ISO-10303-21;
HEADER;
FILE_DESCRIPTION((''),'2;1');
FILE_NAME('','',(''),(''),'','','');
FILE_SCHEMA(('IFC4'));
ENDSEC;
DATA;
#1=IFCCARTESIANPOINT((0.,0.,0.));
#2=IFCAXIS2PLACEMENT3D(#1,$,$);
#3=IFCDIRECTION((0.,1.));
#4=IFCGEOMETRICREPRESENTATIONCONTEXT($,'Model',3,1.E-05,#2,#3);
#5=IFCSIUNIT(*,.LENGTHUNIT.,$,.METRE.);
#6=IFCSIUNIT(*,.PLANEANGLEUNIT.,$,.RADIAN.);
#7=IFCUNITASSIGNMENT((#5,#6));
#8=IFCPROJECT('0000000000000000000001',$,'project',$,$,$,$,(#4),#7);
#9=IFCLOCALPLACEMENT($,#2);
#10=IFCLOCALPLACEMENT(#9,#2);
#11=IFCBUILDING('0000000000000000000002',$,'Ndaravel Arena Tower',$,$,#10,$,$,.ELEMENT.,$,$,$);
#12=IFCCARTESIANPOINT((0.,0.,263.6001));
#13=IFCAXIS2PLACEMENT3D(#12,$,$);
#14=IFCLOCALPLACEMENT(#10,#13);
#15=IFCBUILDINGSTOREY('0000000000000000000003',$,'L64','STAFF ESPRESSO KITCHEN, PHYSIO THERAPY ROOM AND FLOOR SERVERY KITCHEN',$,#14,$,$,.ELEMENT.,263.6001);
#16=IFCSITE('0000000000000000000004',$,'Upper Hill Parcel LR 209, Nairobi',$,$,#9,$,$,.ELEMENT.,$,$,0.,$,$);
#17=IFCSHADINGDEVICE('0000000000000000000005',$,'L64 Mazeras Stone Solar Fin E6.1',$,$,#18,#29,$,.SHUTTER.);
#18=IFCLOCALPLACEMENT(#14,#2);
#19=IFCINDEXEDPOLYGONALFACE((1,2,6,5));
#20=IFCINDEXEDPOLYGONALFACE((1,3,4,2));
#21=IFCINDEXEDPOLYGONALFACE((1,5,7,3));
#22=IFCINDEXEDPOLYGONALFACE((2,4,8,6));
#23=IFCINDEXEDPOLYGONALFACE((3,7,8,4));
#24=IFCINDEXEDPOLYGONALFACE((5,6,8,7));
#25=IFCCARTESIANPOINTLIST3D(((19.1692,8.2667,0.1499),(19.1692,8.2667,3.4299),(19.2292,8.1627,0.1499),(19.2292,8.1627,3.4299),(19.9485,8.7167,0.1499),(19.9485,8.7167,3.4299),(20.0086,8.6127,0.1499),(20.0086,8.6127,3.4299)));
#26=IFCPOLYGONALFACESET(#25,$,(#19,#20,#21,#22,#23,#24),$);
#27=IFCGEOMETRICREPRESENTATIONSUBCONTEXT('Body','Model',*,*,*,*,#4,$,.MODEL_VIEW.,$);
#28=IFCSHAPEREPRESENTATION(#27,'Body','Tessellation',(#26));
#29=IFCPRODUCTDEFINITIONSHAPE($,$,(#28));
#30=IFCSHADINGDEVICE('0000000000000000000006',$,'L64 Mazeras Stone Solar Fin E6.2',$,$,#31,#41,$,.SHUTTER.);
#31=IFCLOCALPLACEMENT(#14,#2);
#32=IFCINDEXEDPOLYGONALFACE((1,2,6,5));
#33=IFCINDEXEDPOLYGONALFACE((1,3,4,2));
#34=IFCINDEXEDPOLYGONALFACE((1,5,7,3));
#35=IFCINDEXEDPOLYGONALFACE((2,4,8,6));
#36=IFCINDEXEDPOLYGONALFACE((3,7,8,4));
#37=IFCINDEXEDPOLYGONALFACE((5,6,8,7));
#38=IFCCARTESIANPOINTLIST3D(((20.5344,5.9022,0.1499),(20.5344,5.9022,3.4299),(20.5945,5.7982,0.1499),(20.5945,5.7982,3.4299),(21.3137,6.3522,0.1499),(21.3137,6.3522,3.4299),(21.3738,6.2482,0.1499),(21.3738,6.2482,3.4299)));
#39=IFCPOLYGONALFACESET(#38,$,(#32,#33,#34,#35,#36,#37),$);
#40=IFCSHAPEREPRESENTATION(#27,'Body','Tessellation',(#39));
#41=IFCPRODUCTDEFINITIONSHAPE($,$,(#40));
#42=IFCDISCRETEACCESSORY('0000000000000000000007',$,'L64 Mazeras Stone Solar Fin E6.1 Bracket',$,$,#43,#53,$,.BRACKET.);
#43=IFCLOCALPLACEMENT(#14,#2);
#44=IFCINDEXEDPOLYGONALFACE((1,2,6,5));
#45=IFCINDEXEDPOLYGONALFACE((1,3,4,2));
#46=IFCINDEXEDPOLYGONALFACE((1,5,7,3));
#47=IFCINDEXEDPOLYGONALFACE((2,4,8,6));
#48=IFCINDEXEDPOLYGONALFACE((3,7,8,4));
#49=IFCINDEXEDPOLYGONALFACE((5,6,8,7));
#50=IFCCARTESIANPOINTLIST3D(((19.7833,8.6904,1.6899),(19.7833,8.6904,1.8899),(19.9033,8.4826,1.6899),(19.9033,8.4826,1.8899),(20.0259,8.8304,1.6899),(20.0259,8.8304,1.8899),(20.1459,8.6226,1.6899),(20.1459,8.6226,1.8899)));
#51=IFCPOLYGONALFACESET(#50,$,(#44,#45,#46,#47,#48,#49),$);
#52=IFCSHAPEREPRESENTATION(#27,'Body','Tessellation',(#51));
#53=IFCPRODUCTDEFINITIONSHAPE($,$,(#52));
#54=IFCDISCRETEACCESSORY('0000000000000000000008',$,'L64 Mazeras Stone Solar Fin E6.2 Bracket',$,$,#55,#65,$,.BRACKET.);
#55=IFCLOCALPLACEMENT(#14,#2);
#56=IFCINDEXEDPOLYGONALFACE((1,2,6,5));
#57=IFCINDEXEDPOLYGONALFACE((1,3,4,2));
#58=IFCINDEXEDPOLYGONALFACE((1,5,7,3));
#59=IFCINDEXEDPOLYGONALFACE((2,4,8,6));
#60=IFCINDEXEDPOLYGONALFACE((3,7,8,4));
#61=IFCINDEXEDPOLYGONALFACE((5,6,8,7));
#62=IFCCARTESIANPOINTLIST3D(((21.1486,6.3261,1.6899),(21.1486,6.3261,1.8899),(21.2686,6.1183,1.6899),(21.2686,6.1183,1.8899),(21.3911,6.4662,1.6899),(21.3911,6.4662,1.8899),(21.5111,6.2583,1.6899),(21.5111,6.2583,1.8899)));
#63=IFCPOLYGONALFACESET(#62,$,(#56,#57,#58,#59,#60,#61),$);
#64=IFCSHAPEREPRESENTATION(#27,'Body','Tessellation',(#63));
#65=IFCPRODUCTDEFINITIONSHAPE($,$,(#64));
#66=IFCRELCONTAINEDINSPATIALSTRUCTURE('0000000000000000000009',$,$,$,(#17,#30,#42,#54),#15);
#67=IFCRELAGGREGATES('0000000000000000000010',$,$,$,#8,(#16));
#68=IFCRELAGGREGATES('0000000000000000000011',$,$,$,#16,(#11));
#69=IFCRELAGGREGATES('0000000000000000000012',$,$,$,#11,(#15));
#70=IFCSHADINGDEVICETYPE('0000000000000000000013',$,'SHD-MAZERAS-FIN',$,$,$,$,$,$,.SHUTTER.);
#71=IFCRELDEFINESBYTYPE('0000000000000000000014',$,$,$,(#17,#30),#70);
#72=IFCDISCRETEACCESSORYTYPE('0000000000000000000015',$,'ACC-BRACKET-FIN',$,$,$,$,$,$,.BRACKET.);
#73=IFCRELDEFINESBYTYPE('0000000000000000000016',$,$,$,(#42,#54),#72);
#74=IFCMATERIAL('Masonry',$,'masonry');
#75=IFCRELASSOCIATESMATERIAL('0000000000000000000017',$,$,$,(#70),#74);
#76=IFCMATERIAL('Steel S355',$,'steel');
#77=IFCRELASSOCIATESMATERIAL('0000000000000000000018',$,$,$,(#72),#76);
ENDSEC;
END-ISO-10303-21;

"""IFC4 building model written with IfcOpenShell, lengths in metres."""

from ifc_helpers import new_model, si_unit, direction, frame, origin, origin_2d, place, context, subcontext, project, spatial, rectangle, extrude, material, type_object, element, save


model = new_model("IFC4")

# Units and contexts
model_context = context("Model", 3, precision=1e-05, world=origin(), true_north=direction((0.0, 1.0)))
body_context = subcontext(model_context, "Body", "Model", "MODEL_VIEW")
ifc_project = project(units=[si_unit("LENGTHUNIT", "METRE"), si_unit("PLANEANGLEUNIT", "RADIAN")], contexts=[model_context])

# Site, building, storey
site_placement = place(None, origin())
site = spatial("IfcSite", under=ifc_project, at=site_placement, Name="Upper Hill Parcel LR 209, Nairobi", CompositionType="ELEMENT", RefElevation=0.0)
building_placement = place(site_placement, origin())
building = spatial("IfcBuilding", under=site, at=building_placement, Name="Ndaravel Arena Tower", CompositionType="ELEMENT")
storey_placement = place(building_placement, frame((0.0, 0.0, 263.6001)))
storey = spatial("IfcBuildingStorey", under=building, at=storey_placement, Name="L64", Description="STAFF ESPRESSO KITCHEN, PHYSIO THERAPY ROOM AND FLOOR SERVERY KITCHEN", CompositionType="ELEMENT", Elevation=263.6001)

# Shading devices
ifc_material_1 = material(Name="Masonry", Category="masonry")
shading_device_type = type_object("IfcShadingDeviceType", Name="SHD-MAZERAS-FIN", PredefinedType="SHUTTER", material=ifc_material_1)
for number, where, z_axis, x_axis, name in (
    (1, (19.5889, 8.4397, 0.1499), (0.0, 0.0, 1.0), (-0.866025, -0.5, 0.0), "L64 Mazeras Stone Solar Fin E6.1"),
    (2, (20.9541, 6.0752, 0.1499), (0.0, 0.0, 1.0), (-0.866025, -0.5, 0.0), "L64 Mazeras Stone Solar Fin E6.2"),
):
    element("IfcShadingDevice", number, at=place(storey_placement, frame(where, z_axis=z_axis, x_axis=x_axis)), inside=storey, type_object=shading_device_type, Name=name, PredefinedType="SHUTTER", context=body_context, shape_type="SweptSolid", body=[
        extrude(rectangle(XDim=0.8999, YDim=0.1201, at=origin_2d()), origin(), (0.0, 0.0, 1.0), 3.28),
    ])

# Discrete accessories
ifc_material_2 = material(Name="Steel S355", Category="steel")
discrete_accessory_type = type_object("IfcDiscreteAccessoryType", Name="ACC-BRACKET-FIN", PredefinedType="BRACKET", material=ifc_material_2)
for number, where, z_axis, x_axis, name in (
    (3, (19.9646, 8.6565, 1.6899), (0.0, 0.0, 1.0), (-0.866025, -0.5, 0.0), "L64 Mazeras Stone Solar Fin E6.1 Bracket"),
    (4, (21.3298, 6.2922, 1.6899), (0.0, 0.0, 1.0), (-0.866025, -0.5, 0.0), "L64 Mazeras Stone Solar Fin E6.2 Bracket"),
):
    element("IfcDiscreteAccessory", number, at=place(storey_placement, frame(where, z_axis=z_axis, x_axis=x_axis)), inside=storey, type_object=discrete_accessory_type, Name=name, PredefinedType="BRACKET", context=body_context, shape_type="SweptSolid", body=[
        extrude(rectangle(XDim=0.28, YDim=0.24, at=origin_2d()), origin(), (0.0, 0.0, 1.0), 0.2),
    ])

save(model, "model.ifc")
